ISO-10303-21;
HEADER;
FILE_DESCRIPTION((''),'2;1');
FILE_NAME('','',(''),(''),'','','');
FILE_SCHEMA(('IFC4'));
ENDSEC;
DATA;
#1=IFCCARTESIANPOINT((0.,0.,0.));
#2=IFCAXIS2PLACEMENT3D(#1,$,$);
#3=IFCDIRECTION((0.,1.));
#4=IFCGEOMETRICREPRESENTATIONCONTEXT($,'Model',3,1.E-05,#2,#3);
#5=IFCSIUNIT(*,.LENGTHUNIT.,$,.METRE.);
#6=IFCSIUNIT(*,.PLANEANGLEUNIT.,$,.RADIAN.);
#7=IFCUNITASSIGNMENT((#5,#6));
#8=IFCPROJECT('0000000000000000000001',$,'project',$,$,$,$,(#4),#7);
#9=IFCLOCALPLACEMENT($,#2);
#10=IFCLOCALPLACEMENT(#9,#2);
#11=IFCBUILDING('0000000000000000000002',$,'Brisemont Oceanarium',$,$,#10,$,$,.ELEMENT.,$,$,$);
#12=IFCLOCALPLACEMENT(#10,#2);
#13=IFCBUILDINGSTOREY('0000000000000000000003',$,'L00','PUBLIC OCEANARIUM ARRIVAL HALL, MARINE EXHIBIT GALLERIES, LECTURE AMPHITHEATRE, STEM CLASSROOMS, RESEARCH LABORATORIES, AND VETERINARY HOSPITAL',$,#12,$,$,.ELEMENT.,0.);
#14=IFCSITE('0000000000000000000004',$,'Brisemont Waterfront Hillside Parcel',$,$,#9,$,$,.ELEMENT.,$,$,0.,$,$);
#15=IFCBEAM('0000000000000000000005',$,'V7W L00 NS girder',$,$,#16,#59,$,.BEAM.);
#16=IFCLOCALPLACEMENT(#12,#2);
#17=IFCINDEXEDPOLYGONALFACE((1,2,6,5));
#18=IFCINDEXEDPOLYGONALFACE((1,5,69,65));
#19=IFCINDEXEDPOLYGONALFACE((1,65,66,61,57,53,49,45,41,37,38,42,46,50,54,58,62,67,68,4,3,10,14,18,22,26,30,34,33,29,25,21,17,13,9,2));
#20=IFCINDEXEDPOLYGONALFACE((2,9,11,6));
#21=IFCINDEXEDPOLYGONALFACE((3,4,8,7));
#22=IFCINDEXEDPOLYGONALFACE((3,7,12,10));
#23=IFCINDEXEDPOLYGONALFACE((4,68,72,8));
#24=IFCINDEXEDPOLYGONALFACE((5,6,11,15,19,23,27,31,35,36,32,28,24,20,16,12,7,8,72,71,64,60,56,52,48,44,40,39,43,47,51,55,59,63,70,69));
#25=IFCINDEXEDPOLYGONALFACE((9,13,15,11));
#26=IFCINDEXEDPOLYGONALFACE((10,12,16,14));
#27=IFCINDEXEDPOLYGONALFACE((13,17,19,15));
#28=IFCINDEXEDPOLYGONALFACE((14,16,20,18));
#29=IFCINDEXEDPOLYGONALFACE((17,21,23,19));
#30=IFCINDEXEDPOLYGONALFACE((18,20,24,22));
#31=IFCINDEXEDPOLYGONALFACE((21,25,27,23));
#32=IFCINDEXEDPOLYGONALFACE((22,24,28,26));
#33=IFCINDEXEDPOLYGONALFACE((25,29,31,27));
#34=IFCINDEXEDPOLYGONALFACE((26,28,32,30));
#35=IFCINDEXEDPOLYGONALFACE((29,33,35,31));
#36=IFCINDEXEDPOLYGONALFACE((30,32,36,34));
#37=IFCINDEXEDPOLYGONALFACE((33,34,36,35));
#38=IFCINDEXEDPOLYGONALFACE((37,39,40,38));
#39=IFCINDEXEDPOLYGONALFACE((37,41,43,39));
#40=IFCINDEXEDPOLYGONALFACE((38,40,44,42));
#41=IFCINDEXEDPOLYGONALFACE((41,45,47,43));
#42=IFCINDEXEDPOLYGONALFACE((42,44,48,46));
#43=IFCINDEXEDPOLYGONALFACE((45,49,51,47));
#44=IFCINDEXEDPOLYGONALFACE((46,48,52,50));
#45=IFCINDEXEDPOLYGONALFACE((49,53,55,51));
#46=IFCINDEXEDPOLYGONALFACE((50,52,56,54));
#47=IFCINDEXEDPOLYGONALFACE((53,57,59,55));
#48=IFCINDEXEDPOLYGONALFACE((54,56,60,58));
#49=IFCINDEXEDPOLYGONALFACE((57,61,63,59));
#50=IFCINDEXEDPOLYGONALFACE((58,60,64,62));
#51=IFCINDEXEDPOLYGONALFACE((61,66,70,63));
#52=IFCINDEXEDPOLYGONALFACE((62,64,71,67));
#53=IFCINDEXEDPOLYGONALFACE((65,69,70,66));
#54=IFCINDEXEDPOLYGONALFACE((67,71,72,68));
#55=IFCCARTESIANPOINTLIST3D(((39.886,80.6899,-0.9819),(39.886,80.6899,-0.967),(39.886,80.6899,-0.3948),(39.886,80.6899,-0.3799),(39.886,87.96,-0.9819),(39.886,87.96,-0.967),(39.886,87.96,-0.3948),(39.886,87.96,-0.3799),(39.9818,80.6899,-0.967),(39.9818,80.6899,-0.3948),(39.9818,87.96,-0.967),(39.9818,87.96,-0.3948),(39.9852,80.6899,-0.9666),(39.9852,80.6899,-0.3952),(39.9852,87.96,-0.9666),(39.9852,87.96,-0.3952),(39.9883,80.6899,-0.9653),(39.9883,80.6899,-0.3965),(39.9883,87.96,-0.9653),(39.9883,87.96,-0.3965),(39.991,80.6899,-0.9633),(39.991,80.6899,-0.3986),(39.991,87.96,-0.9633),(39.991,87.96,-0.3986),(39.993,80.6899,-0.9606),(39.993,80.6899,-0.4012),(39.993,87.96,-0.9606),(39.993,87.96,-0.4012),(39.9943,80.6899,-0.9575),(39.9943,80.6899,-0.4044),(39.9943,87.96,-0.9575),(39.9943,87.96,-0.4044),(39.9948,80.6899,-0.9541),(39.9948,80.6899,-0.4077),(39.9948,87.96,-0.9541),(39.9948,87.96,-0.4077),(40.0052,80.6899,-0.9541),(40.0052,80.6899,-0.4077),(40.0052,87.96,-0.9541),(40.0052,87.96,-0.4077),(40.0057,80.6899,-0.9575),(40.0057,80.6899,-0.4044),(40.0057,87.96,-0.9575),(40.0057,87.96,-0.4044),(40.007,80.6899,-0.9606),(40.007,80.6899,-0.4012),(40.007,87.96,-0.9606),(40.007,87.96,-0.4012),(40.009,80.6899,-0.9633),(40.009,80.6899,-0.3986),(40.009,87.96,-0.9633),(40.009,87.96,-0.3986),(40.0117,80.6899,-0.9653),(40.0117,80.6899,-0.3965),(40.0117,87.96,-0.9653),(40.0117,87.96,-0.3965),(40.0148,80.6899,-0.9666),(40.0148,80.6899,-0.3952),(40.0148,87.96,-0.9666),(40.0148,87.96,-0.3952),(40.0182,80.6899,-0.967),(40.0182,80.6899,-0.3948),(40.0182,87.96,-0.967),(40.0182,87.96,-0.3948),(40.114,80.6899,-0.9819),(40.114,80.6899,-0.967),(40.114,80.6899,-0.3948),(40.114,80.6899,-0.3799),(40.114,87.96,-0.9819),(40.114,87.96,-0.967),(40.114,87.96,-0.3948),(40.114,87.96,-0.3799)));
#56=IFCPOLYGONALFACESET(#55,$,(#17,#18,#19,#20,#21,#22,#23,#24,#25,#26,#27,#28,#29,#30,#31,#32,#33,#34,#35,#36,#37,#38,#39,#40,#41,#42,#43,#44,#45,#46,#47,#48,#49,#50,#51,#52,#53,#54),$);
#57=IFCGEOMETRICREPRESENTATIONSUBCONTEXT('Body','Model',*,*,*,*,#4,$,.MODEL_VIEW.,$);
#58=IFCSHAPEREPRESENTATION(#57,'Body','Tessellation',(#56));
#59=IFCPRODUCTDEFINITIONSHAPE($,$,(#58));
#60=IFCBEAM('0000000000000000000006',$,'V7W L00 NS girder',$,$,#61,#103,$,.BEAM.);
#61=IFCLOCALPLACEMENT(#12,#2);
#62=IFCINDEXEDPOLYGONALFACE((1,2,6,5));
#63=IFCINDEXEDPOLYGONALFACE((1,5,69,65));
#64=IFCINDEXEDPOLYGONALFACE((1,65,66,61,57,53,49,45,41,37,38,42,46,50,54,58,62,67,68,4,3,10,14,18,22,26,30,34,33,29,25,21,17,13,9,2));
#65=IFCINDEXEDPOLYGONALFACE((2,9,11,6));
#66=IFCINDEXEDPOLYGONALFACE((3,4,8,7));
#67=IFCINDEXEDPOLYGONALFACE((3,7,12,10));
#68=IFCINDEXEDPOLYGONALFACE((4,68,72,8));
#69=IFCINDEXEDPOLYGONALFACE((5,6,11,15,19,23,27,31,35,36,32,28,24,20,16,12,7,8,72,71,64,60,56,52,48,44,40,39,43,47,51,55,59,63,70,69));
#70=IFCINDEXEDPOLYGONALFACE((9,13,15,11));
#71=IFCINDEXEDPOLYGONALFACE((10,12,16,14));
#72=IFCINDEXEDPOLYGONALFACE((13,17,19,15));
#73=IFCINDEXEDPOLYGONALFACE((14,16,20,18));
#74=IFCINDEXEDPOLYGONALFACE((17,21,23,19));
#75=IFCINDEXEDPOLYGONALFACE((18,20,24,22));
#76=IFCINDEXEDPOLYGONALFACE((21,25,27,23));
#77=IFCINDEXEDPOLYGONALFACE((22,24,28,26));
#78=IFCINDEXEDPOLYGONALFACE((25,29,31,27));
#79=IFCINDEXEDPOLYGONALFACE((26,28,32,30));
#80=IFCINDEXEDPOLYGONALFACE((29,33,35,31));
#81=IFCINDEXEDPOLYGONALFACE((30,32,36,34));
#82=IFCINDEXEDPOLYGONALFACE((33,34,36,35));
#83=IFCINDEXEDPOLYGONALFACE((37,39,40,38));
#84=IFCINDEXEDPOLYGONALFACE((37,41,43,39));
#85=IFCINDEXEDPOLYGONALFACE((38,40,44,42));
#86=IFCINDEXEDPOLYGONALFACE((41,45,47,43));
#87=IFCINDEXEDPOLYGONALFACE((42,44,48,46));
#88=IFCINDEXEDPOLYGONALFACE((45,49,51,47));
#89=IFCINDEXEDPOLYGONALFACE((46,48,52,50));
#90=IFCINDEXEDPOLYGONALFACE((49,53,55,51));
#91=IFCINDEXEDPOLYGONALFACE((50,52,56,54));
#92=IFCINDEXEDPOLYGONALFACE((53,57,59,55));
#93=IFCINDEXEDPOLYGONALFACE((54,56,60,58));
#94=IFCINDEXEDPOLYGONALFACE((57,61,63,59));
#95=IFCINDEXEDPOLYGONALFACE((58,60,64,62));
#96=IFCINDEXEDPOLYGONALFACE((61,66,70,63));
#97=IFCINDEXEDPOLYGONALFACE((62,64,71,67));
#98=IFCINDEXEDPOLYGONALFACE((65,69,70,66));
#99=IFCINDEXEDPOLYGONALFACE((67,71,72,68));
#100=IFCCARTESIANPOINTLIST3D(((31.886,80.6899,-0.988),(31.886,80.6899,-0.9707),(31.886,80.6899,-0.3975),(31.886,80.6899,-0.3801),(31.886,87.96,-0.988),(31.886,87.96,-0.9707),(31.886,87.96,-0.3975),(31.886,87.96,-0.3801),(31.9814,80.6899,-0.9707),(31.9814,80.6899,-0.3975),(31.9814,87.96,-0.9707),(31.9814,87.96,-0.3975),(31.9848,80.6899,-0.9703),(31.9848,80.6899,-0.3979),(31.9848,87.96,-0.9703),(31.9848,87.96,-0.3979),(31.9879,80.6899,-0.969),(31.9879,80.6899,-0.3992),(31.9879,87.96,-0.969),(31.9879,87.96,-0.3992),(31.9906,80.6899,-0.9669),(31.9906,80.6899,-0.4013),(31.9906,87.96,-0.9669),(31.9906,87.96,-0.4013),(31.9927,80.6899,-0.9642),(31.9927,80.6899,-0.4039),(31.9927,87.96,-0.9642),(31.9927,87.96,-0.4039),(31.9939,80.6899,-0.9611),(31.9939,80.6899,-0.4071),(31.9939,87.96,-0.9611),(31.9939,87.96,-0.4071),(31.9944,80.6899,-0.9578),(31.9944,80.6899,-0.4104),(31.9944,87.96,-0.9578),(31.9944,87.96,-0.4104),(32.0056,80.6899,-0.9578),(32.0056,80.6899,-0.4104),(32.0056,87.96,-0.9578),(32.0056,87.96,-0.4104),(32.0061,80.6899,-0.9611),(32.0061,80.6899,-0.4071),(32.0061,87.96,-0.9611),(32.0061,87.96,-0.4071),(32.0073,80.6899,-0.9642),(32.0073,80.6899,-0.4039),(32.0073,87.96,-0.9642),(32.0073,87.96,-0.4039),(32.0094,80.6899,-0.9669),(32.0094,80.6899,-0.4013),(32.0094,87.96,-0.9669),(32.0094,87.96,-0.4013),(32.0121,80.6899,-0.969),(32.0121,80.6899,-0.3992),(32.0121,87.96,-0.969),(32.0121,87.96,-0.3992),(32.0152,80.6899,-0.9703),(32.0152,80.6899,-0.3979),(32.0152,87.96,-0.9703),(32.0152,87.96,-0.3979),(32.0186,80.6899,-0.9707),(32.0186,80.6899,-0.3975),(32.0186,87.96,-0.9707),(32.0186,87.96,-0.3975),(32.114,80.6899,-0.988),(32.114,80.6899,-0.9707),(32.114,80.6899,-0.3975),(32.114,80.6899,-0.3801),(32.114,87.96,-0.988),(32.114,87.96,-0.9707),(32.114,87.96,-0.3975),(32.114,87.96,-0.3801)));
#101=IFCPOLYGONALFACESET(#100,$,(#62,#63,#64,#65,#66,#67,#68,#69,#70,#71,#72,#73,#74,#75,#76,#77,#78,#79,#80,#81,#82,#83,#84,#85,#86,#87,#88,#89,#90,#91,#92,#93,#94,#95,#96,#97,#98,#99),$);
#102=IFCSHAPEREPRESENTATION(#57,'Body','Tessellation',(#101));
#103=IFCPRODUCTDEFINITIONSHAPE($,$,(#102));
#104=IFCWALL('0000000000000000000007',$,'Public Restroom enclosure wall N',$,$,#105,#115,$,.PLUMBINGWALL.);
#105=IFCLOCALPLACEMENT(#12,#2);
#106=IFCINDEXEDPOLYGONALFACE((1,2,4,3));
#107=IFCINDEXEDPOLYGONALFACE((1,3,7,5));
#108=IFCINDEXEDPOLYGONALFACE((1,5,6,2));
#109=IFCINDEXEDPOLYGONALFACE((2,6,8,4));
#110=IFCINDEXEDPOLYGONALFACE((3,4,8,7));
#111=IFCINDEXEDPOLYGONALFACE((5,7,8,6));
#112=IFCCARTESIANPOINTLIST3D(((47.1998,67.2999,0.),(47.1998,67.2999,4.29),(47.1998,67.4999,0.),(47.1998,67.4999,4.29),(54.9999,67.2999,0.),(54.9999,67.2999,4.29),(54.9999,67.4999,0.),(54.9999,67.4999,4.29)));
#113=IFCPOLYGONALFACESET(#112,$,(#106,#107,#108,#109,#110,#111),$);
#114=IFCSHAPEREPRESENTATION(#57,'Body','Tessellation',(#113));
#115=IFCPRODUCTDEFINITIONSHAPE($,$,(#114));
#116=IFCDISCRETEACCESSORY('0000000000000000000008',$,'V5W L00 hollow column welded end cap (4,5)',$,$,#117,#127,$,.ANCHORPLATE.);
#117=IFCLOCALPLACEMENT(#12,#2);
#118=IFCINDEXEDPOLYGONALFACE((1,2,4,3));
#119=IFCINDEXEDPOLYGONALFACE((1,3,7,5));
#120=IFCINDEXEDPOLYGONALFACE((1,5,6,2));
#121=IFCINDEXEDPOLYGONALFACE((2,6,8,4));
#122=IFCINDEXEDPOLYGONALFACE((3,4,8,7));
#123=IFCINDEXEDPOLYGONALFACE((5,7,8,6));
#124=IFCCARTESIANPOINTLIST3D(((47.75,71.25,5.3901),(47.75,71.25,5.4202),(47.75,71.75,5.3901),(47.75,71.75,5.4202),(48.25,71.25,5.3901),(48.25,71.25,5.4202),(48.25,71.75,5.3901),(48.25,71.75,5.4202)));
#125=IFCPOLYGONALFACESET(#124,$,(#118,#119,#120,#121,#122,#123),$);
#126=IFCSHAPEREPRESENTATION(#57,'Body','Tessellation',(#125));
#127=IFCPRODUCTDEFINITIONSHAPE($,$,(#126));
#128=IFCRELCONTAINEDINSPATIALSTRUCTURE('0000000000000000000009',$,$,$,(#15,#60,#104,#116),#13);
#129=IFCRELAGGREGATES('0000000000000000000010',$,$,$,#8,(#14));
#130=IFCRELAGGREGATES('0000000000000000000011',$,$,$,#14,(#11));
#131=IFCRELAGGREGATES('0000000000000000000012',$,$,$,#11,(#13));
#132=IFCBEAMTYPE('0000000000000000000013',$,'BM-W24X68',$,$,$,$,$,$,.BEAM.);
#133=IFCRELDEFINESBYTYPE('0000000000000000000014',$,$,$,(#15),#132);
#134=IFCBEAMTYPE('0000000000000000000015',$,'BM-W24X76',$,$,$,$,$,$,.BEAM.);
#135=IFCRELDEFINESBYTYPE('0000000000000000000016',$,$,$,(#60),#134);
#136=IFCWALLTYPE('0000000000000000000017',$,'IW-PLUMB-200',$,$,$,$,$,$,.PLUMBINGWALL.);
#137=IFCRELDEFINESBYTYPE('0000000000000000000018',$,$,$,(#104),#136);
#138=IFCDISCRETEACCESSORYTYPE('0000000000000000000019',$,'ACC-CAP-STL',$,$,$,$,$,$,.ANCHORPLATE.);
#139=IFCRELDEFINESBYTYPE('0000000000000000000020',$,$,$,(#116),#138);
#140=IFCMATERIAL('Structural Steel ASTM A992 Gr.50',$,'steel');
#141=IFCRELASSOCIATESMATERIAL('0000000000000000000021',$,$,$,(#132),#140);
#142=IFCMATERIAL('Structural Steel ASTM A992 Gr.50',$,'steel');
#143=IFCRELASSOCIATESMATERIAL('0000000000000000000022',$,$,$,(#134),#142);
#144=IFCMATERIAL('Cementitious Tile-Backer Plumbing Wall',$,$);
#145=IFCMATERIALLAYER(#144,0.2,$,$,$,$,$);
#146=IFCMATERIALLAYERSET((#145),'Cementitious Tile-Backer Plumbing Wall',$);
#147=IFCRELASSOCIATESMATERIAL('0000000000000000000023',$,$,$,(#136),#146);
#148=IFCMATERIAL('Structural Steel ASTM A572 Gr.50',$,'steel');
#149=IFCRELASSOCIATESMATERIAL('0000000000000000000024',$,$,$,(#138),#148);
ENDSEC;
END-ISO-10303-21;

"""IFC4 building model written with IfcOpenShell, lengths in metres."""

from ifc_helpers import new_model, si_unit, direction, frame, frame_2d, origin, origin_2d, place, context, subcontext, project, spatial, rectangle, i_section, extrude, material, layer, layer_set, material_profile, profile_set, type_object, element, save


model = new_model("IFC4")

# Units and contexts
model_context = context("Model", 3, precision=1e-05, world=origin(), true_north=direction((0.0, 1.0)))
body_context = subcontext(model_context, "Body", "Model", "MODEL_VIEW")
ifc_project = project(units=[si_unit("LENGTHUNIT", "METRE"), si_unit("PLANEANGLEUNIT", "RADIAN")], contexts=[model_context])

# Site, building, storey
site_placement = place(None, origin())
site = spatial("IfcSite", under=ifc_project, at=site_placement, Name="Brisemont Waterfront Hillside Parcel", CompositionType="ELEMENT", RefElevation=0.0)
building_placement = place(site_placement, origin())
building = spatial("IfcBuilding", under=site, at=building_placement, Name="Brisemont Oceanarium", CompositionType="ELEMENT")
storey_placement = place(building_placement, origin())
storey = spatial("IfcBuildingStorey", under=building, at=storey_placement, Name="L00", Description="PUBLIC OCEANARIUM ARRIVAL HALL, MARINE EXHIBIT GALLERIES, LECTURE AMPHITHEATRE, STEM CLASSROOMS, RESEARCH LABORATORIES, AND VETERINARY HOSPITAL", CompositionType="ELEMENT", Elevation=0.0)

# Beams
ifc_material_1 = material(Name="Structural Steel ASTM A992 Gr.50", Category="steel")
ifc_material_profile_1 = material_profile(ifc_material_1, i_section(OverallWidth=0.228, OverallDepth=0.6021, WebThickness=0.0105, FlangeThickness=0.0149, FilletRadius=0.0129, at=origin_2d()), Name="W24X68")
ifc_profile_set_1 = profile_set([ifc_material_profile_1], Name="Structural Steel ASTM A992 Gr.50")
beam_type_1 = type_object("IfcBeamType", Name="BM-W24X68", PredefinedType="BEAM", material=ifc_profile_set_1)
beam_1_placement = place(storey_placement, frame((40.0, 80.6899, -0.6809), z_axis=(0.0, 1.0, 0.0), x_axis=(-1.0, 0.0, 0.0)))
element("IfcBeam", 1, at=beam_1_placement, inside=storey, type_object=beam_type_1, Name="V7W L00 NS girder", PredefinedType="BEAM", context=body_context, shape_type="SweptSolid", body=[
    extrude(i_section(OverallWidth=0.228, OverallDepth=0.6021, WebThickness=0.0105, FlangeThickness=0.0149, FilletRadius=0.0129, at=origin_2d()), origin(), (0.0, 0.0, 1.0), 7.27),
])
ifc_material_2 = material(Name="Structural Steel ASTM A992 Gr.50", Category="steel")
ifc_material_profile_2 = material_profile(ifc_material_2, i_section(OverallWidth=0.228, OverallDepth=0.6079, WebThickness=0.0112, FlangeThickness=0.0173, FilletRadius=0.0129, at=origin_2d()), Name="W24X76")
ifc_profile_set_2 = profile_set([ifc_material_profile_2], Name="Structural Steel ASTM A992 Gr.50")
beam_type_2 = type_object("IfcBeamType", Name="BM-W24X76", PredefinedType="BEAM", material=ifc_profile_set_2)
beam_2_placement = place(storey_placement, frame((32.0, 80.6899, -0.6841), z_axis=(0.0, 1.0, 0.0), x_axis=(-1.0, 0.0, 0.0)))
element("IfcBeam", 2, at=beam_2_placement, inside=storey, type_object=beam_type_2, Name="V7W L00 NS girder", PredefinedType="BEAM", context=body_context, shape_type="SweptSolid", body=[
    extrude(i_section(OverallWidth=0.228, OverallDepth=0.6079, WebThickness=0.0112, FlangeThickness=0.0173, FilletRadius=0.0129, at=origin_2d()), origin(), (0.0, 0.0, 1.0), 7.27),
])

# Wall
ifc_material_3 = material(Name="Cementitious Tile-Backer Plumbing Wall")
ifc_layer = layer(ifc_material_3, 0.2)
ifc_layer_set = layer_set([ifc_layer], Name="Cementitious Tile-Backer Plumbing Wall")
wall_type = type_object("IfcWallType", Name="IW-PLUMB-200", PredefinedType="PLUMBINGWALL", material=ifc_layer_set)
wall_placement = place(storey_placement, frame((47.2, 67.3999, 0.0), z_axis=(0.0, 0.0, 1.0), x_axis=(1.0, 0.0, 0.0)))
element("IfcWall", 3, at=wall_placement, inside=storey, type_object=wall_type, Name="Public Restroom enclosure wall N", PredefinedType="PLUMBINGWALL", context=body_context, shape_type="SweptSolid", body=[
    extrude(rectangle(XDim=7.8, YDim=0.2, at=frame_2d((3.8999, 0.0))), origin(), (0.0, 0.0, 1.0), 4.29),
])

# Discrete accessory
ifc_material_4 = material(Name="Structural Steel ASTM A572 Gr.50", Category="steel")
discrete_accessory_type = type_object("IfcDiscreteAccessoryType", Name="ACC-CAP-STL", PredefinedType="ANCHORPLATE", material=ifc_material_4)
discrete_accessory_placement = place(storey_placement, frame((48.0, 71.5, 5.3901), z_axis=(0.0, 0.0, 1.0), x_axis=(1.0, 0.0, 0.0)))
element("IfcDiscreteAccessory", 4, at=discrete_accessory_placement, inside=storey, type_object=discrete_accessory_type, Name="V5W L00 hollow column welded end cap (4,5)", PredefinedType="ANCHORPLATE", context=body_context, shape_type="SweptSolid", body=[
    extrude(rectangle(XDim=0.5, YDim=0.5, at=origin_2d()), origin(), (0.0, 0.0, 1.0), 0.03),
])

save(model, "model.ifc")
